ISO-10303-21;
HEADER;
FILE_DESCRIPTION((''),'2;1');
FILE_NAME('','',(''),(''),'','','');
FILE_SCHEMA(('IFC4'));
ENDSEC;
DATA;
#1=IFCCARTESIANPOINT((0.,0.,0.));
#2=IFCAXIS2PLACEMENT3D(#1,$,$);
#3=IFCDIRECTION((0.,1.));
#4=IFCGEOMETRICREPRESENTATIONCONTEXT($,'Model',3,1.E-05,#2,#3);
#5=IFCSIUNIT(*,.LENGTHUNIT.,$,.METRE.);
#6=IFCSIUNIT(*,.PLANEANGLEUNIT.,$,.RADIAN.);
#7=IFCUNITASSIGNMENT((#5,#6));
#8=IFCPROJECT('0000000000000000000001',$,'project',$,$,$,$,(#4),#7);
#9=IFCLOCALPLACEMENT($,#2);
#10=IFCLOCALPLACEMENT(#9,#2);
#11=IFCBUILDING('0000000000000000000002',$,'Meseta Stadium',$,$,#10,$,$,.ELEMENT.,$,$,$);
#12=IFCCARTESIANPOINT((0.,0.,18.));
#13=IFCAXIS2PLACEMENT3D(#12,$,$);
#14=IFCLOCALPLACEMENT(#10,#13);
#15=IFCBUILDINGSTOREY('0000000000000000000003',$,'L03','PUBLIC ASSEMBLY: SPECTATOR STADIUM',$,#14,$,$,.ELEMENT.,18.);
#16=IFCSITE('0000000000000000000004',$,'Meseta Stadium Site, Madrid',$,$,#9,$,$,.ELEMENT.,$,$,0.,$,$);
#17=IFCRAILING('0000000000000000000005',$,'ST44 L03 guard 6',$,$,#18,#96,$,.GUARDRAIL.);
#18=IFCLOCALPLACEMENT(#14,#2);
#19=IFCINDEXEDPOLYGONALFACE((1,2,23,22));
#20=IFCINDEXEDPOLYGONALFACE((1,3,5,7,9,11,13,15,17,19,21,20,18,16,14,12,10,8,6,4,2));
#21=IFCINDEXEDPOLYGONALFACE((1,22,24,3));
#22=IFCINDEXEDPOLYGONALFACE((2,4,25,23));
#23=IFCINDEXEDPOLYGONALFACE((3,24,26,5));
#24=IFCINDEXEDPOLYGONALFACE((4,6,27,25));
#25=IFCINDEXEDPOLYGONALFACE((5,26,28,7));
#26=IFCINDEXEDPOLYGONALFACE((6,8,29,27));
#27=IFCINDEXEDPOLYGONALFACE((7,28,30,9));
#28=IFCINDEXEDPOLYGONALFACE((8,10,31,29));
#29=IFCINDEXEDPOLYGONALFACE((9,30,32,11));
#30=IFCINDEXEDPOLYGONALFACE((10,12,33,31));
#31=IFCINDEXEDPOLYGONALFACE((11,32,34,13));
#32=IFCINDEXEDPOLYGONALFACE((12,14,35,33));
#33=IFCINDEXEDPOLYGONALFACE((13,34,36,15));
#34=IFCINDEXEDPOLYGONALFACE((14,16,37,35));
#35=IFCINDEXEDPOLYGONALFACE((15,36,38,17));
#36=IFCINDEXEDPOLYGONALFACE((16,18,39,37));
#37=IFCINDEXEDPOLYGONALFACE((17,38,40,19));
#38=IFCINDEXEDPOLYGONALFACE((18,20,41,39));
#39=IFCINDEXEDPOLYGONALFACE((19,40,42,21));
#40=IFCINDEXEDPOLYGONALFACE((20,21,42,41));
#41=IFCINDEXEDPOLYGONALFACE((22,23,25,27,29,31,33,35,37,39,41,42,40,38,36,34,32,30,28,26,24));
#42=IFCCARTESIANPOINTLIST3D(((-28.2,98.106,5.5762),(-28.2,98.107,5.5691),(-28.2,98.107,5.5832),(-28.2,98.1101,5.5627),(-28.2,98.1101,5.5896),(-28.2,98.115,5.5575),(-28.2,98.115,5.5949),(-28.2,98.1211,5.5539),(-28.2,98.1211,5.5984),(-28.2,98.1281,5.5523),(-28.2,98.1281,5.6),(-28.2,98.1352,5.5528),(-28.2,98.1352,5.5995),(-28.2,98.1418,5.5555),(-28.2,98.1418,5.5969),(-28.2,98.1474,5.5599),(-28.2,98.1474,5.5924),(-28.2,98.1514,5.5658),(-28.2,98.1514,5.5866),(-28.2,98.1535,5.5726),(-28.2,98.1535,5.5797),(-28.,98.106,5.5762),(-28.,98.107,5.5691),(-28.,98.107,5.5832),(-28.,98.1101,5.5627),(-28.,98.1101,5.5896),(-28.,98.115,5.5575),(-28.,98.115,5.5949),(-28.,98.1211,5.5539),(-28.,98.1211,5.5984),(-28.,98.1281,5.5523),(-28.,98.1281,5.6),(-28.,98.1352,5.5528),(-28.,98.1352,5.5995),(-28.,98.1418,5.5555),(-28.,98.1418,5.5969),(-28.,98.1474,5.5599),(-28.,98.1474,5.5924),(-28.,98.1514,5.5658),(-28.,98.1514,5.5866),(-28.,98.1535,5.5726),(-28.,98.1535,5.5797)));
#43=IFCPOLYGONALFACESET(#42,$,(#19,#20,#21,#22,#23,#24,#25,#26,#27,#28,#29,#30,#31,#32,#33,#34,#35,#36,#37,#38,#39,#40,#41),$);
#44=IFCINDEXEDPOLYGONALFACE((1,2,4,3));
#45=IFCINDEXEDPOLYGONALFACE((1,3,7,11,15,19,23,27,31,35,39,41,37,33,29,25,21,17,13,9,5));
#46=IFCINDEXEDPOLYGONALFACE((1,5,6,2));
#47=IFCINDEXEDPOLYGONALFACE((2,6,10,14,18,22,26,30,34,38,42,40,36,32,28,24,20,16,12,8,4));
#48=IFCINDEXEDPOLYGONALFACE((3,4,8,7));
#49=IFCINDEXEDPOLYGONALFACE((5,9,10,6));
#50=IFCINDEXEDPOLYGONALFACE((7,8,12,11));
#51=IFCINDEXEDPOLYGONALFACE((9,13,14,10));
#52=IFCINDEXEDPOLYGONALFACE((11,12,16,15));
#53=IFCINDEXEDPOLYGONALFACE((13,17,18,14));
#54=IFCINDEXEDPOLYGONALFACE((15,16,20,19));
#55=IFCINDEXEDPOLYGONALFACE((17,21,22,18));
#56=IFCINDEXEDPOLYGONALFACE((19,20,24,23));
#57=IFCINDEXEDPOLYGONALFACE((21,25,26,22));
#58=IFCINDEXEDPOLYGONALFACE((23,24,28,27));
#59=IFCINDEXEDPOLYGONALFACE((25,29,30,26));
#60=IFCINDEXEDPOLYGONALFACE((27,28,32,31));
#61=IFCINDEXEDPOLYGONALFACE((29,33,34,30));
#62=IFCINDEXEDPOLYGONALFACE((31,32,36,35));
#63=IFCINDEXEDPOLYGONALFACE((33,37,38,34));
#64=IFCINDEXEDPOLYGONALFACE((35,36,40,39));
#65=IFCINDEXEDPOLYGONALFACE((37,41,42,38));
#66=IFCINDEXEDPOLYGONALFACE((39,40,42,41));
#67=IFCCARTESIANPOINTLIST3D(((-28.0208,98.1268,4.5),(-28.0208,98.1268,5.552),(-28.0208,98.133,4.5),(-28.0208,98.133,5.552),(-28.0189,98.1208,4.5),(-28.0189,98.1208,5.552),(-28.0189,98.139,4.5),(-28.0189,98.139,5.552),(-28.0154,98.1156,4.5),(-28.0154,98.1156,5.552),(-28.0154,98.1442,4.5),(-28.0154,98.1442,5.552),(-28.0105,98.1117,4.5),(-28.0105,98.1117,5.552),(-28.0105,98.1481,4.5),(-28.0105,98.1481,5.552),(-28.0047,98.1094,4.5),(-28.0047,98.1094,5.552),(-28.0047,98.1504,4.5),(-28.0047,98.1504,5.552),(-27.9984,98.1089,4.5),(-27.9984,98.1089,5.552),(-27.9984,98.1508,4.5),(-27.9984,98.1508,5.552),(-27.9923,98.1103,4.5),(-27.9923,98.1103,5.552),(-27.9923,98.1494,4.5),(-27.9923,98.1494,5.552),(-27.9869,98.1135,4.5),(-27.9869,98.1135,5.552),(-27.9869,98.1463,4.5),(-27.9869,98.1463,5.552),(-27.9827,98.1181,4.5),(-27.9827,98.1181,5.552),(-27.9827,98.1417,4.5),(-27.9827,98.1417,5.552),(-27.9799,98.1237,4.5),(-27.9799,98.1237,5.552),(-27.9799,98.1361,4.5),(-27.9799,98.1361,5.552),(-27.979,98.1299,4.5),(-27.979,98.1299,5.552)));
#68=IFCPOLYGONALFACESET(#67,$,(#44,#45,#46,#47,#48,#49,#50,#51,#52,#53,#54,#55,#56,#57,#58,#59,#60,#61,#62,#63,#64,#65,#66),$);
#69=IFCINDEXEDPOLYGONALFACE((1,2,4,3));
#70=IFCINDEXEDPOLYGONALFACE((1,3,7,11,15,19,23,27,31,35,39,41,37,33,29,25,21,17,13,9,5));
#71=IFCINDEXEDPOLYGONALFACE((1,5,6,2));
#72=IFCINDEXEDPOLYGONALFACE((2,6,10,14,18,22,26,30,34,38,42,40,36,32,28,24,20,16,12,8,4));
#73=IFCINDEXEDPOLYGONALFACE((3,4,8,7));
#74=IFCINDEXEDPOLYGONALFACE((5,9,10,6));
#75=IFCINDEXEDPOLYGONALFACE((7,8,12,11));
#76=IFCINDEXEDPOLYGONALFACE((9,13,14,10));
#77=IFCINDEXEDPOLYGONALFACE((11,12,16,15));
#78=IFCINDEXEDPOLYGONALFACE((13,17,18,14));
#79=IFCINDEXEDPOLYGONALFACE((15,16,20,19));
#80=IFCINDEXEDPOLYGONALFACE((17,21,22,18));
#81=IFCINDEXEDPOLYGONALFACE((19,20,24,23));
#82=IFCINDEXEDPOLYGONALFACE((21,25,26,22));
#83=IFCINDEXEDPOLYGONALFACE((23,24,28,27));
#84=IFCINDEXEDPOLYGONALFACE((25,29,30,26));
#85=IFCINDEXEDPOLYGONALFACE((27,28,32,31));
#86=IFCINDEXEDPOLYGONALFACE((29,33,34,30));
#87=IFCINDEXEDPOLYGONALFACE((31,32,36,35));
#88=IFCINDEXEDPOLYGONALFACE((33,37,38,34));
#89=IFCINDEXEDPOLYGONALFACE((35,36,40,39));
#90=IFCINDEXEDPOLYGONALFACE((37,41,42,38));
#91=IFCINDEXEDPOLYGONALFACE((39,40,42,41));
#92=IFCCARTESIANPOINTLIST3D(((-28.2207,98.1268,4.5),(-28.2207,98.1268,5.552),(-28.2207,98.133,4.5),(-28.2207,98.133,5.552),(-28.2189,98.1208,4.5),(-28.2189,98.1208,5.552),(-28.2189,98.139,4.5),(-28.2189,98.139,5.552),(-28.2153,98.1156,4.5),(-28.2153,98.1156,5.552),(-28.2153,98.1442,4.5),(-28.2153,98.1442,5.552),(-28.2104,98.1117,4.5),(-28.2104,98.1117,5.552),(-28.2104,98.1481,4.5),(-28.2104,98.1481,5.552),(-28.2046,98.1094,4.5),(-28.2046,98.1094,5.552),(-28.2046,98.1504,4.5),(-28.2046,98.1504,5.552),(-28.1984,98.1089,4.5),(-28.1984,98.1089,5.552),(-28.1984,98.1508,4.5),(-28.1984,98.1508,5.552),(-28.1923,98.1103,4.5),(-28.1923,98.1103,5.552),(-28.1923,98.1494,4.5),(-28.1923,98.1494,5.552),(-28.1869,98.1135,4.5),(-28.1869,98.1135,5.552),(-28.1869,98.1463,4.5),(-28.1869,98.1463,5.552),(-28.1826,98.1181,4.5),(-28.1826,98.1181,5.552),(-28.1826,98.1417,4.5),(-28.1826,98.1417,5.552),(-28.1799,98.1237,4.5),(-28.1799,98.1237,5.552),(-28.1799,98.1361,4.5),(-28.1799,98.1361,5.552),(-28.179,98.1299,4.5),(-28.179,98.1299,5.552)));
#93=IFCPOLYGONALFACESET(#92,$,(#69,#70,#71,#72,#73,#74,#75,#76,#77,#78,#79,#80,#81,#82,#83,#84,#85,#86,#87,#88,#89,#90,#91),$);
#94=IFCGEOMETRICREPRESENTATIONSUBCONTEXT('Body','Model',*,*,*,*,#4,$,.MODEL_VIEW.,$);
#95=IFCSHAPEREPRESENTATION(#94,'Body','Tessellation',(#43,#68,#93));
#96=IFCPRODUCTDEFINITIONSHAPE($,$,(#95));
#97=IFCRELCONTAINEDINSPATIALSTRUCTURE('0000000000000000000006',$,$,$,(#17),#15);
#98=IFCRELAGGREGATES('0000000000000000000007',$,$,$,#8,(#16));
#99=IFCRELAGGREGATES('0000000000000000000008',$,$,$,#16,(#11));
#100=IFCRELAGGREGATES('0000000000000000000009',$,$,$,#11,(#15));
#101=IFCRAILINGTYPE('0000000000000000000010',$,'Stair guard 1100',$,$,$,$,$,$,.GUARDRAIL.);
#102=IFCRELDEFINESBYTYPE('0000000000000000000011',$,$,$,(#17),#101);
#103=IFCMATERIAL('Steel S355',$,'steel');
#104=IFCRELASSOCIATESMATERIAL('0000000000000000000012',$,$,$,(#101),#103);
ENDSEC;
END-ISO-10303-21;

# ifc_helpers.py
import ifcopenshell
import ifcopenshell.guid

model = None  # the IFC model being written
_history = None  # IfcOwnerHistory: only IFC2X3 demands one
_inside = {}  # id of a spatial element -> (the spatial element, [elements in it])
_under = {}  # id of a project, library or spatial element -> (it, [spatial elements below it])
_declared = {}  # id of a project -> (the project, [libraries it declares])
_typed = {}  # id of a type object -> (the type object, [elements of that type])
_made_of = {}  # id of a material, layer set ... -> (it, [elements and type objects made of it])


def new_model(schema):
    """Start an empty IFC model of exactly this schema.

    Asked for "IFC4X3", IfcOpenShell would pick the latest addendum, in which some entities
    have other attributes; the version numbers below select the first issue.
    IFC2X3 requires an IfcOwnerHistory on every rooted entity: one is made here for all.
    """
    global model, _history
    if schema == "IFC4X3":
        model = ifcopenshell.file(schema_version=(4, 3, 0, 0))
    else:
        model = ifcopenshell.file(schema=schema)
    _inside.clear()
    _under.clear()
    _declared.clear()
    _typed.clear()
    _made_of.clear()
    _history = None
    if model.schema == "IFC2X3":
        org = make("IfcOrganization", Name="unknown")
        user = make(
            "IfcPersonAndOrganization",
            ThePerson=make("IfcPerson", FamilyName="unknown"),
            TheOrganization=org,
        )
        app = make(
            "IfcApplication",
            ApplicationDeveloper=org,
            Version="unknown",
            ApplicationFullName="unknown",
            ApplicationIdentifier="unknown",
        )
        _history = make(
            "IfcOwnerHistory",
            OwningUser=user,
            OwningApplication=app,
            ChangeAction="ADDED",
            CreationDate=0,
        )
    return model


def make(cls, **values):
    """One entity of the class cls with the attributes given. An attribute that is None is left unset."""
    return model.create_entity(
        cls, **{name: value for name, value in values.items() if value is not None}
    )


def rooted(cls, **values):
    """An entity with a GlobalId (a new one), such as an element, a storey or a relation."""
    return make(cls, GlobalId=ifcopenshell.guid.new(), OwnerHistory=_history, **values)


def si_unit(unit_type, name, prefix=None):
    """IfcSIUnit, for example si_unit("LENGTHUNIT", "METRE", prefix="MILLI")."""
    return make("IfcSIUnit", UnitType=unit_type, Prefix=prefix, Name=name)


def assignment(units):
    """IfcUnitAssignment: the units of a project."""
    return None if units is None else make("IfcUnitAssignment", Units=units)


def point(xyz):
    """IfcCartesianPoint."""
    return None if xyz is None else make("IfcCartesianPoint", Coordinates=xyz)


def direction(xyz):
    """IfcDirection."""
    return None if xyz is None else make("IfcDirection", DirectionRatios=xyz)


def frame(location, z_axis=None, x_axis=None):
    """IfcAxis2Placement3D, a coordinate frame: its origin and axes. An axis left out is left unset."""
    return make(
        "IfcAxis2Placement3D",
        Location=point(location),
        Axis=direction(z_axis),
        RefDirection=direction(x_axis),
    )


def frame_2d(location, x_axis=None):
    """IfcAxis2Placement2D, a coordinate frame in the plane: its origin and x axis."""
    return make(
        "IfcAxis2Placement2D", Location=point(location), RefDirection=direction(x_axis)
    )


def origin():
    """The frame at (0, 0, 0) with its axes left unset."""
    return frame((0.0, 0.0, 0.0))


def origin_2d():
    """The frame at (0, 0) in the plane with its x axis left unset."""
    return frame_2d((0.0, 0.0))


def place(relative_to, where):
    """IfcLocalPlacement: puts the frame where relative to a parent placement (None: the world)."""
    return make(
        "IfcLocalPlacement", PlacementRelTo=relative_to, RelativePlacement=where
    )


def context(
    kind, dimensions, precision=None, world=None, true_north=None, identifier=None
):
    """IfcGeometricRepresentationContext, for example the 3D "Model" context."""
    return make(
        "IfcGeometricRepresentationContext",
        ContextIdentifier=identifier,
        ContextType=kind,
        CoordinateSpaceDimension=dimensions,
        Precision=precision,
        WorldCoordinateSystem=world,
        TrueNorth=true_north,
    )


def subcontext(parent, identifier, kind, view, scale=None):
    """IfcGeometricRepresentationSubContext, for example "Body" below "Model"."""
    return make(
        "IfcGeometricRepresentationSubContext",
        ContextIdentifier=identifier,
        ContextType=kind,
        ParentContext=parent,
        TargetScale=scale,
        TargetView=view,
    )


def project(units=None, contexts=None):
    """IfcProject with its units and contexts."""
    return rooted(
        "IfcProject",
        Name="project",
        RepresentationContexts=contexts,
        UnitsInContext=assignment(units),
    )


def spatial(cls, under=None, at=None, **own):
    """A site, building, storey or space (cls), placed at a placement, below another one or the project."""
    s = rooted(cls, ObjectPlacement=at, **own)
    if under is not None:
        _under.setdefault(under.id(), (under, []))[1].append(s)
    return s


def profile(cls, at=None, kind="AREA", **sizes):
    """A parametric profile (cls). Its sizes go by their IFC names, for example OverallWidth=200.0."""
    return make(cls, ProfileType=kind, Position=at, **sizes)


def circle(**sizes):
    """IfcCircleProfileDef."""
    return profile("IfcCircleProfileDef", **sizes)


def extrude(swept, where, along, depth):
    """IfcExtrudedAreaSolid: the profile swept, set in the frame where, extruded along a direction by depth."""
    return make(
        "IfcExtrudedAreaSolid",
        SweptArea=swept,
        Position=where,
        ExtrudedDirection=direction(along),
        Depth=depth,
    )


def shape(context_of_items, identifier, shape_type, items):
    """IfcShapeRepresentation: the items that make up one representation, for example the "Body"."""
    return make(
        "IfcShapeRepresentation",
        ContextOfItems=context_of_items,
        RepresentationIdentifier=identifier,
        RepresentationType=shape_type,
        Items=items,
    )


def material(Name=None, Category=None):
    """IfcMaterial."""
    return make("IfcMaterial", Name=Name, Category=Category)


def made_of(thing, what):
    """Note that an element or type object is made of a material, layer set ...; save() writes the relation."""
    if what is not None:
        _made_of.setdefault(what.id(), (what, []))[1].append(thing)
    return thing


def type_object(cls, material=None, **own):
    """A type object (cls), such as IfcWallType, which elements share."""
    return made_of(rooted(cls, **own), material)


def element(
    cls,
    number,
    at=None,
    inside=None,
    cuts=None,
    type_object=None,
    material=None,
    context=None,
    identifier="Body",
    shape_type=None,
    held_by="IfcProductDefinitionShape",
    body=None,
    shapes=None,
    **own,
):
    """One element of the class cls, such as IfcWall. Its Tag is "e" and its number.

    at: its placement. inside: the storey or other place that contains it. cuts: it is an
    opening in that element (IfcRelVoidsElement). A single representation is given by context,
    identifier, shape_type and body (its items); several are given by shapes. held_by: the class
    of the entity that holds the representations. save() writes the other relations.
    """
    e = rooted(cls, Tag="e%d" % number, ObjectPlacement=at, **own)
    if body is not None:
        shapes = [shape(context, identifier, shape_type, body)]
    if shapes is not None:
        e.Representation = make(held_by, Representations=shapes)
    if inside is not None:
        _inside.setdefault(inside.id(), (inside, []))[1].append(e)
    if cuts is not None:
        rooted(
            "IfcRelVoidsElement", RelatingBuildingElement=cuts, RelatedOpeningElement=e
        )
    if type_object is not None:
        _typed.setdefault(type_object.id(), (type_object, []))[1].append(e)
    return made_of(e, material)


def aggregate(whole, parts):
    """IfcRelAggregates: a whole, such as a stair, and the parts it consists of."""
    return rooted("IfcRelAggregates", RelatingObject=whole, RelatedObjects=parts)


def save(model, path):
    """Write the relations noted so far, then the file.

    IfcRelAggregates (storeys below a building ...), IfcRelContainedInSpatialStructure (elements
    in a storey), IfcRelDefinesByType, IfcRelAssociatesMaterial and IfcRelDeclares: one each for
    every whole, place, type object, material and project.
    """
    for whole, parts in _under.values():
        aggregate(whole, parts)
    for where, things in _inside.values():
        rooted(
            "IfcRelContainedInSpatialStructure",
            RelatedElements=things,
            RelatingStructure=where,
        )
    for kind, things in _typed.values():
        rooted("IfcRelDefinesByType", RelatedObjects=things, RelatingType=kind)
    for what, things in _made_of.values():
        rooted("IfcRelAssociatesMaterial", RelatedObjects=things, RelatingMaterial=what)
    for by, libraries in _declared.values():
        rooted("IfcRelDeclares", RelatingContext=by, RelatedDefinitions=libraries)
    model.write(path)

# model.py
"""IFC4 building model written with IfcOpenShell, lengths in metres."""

from ifc_helpers import new_model, si_unit, direction, frame, origin, origin_2d, place, context, subcontext, project, spatial, circle, extrude, material, type_object, element, save


model = new_model("IFC4")

# Units and contexts
model_context = context("Model", 3, precision=1e-05, world=origin(), true_north=direction((0.0, 1.0)))
body_context = subcontext(model_context, "Body", "Model", "MODEL_VIEW")
ifc_project = project(units=[si_unit("LENGTHUNIT", "METRE"), si_unit("PLANEANGLEUNIT", "RADIAN")], contexts=[model_context])

# Site, building, storey
site_placement = place(None, origin())
site = spatial("IfcSite", under=ifc_project, at=site_placement, Name="Meseta Stadium Site, Madrid", CompositionType="ELEMENT", RefElevation=0.0)
building_placement = place(site_placement, origin())
building = spatial("IfcBuilding", under=site, at=building_placement, Name="Meseta Stadium", CompositionType="ELEMENT")
storey_placement = place(building_placement, frame((0.0, 0.0, 18.0)))
storey = spatial("IfcBuildingStorey", under=building, at=storey_placement, Name="L03", Description="PUBLIC ASSEMBLY: SPECTATOR STADIUM", CompositionType="ELEMENT", Elevation=18.0)

# Railing
ifc_material_1 = material(Name="Steel S355", Category="steel")
railing_type_1 = type_object("IfcRailingType", Name="Stair guard 1100", PredefinedType="GUARDRAIL", material=ifc_material_1)
railing_1_placement = place(storey_placement, frame((-28.0, 98.1299, 4.5)))
element("IfcRailing", 1, at=railing_1_placement, inside=storey, type_object=railing_type_1, Name="ST44 L03 guard 6", PredefinedType="GUARDRAIL", context=body_context, shape_type="SweptSolid", body=[
    extrude(circle(Radius=0.0239, at=origin_2d()), frame((0.0, 0.0, 1.0762), z_axis=(-1.0, 0.0, 0.0), x_axis=(0.0, -1.0, 0.0)), (0.0, 0.0, 1.0), 0.2),
    extrude(circle(Radius=0.021, at=origin_2d()), origin(), (0.0, 0.0, 1.0), 1.052),
    extrude(circle(Radius=0.021, at=origin_2d()), frame((-0.2, 0.0, 0.0)), (0.0, 0.0, 1.0), 1.052),
])

save(model, "model.ifc")
